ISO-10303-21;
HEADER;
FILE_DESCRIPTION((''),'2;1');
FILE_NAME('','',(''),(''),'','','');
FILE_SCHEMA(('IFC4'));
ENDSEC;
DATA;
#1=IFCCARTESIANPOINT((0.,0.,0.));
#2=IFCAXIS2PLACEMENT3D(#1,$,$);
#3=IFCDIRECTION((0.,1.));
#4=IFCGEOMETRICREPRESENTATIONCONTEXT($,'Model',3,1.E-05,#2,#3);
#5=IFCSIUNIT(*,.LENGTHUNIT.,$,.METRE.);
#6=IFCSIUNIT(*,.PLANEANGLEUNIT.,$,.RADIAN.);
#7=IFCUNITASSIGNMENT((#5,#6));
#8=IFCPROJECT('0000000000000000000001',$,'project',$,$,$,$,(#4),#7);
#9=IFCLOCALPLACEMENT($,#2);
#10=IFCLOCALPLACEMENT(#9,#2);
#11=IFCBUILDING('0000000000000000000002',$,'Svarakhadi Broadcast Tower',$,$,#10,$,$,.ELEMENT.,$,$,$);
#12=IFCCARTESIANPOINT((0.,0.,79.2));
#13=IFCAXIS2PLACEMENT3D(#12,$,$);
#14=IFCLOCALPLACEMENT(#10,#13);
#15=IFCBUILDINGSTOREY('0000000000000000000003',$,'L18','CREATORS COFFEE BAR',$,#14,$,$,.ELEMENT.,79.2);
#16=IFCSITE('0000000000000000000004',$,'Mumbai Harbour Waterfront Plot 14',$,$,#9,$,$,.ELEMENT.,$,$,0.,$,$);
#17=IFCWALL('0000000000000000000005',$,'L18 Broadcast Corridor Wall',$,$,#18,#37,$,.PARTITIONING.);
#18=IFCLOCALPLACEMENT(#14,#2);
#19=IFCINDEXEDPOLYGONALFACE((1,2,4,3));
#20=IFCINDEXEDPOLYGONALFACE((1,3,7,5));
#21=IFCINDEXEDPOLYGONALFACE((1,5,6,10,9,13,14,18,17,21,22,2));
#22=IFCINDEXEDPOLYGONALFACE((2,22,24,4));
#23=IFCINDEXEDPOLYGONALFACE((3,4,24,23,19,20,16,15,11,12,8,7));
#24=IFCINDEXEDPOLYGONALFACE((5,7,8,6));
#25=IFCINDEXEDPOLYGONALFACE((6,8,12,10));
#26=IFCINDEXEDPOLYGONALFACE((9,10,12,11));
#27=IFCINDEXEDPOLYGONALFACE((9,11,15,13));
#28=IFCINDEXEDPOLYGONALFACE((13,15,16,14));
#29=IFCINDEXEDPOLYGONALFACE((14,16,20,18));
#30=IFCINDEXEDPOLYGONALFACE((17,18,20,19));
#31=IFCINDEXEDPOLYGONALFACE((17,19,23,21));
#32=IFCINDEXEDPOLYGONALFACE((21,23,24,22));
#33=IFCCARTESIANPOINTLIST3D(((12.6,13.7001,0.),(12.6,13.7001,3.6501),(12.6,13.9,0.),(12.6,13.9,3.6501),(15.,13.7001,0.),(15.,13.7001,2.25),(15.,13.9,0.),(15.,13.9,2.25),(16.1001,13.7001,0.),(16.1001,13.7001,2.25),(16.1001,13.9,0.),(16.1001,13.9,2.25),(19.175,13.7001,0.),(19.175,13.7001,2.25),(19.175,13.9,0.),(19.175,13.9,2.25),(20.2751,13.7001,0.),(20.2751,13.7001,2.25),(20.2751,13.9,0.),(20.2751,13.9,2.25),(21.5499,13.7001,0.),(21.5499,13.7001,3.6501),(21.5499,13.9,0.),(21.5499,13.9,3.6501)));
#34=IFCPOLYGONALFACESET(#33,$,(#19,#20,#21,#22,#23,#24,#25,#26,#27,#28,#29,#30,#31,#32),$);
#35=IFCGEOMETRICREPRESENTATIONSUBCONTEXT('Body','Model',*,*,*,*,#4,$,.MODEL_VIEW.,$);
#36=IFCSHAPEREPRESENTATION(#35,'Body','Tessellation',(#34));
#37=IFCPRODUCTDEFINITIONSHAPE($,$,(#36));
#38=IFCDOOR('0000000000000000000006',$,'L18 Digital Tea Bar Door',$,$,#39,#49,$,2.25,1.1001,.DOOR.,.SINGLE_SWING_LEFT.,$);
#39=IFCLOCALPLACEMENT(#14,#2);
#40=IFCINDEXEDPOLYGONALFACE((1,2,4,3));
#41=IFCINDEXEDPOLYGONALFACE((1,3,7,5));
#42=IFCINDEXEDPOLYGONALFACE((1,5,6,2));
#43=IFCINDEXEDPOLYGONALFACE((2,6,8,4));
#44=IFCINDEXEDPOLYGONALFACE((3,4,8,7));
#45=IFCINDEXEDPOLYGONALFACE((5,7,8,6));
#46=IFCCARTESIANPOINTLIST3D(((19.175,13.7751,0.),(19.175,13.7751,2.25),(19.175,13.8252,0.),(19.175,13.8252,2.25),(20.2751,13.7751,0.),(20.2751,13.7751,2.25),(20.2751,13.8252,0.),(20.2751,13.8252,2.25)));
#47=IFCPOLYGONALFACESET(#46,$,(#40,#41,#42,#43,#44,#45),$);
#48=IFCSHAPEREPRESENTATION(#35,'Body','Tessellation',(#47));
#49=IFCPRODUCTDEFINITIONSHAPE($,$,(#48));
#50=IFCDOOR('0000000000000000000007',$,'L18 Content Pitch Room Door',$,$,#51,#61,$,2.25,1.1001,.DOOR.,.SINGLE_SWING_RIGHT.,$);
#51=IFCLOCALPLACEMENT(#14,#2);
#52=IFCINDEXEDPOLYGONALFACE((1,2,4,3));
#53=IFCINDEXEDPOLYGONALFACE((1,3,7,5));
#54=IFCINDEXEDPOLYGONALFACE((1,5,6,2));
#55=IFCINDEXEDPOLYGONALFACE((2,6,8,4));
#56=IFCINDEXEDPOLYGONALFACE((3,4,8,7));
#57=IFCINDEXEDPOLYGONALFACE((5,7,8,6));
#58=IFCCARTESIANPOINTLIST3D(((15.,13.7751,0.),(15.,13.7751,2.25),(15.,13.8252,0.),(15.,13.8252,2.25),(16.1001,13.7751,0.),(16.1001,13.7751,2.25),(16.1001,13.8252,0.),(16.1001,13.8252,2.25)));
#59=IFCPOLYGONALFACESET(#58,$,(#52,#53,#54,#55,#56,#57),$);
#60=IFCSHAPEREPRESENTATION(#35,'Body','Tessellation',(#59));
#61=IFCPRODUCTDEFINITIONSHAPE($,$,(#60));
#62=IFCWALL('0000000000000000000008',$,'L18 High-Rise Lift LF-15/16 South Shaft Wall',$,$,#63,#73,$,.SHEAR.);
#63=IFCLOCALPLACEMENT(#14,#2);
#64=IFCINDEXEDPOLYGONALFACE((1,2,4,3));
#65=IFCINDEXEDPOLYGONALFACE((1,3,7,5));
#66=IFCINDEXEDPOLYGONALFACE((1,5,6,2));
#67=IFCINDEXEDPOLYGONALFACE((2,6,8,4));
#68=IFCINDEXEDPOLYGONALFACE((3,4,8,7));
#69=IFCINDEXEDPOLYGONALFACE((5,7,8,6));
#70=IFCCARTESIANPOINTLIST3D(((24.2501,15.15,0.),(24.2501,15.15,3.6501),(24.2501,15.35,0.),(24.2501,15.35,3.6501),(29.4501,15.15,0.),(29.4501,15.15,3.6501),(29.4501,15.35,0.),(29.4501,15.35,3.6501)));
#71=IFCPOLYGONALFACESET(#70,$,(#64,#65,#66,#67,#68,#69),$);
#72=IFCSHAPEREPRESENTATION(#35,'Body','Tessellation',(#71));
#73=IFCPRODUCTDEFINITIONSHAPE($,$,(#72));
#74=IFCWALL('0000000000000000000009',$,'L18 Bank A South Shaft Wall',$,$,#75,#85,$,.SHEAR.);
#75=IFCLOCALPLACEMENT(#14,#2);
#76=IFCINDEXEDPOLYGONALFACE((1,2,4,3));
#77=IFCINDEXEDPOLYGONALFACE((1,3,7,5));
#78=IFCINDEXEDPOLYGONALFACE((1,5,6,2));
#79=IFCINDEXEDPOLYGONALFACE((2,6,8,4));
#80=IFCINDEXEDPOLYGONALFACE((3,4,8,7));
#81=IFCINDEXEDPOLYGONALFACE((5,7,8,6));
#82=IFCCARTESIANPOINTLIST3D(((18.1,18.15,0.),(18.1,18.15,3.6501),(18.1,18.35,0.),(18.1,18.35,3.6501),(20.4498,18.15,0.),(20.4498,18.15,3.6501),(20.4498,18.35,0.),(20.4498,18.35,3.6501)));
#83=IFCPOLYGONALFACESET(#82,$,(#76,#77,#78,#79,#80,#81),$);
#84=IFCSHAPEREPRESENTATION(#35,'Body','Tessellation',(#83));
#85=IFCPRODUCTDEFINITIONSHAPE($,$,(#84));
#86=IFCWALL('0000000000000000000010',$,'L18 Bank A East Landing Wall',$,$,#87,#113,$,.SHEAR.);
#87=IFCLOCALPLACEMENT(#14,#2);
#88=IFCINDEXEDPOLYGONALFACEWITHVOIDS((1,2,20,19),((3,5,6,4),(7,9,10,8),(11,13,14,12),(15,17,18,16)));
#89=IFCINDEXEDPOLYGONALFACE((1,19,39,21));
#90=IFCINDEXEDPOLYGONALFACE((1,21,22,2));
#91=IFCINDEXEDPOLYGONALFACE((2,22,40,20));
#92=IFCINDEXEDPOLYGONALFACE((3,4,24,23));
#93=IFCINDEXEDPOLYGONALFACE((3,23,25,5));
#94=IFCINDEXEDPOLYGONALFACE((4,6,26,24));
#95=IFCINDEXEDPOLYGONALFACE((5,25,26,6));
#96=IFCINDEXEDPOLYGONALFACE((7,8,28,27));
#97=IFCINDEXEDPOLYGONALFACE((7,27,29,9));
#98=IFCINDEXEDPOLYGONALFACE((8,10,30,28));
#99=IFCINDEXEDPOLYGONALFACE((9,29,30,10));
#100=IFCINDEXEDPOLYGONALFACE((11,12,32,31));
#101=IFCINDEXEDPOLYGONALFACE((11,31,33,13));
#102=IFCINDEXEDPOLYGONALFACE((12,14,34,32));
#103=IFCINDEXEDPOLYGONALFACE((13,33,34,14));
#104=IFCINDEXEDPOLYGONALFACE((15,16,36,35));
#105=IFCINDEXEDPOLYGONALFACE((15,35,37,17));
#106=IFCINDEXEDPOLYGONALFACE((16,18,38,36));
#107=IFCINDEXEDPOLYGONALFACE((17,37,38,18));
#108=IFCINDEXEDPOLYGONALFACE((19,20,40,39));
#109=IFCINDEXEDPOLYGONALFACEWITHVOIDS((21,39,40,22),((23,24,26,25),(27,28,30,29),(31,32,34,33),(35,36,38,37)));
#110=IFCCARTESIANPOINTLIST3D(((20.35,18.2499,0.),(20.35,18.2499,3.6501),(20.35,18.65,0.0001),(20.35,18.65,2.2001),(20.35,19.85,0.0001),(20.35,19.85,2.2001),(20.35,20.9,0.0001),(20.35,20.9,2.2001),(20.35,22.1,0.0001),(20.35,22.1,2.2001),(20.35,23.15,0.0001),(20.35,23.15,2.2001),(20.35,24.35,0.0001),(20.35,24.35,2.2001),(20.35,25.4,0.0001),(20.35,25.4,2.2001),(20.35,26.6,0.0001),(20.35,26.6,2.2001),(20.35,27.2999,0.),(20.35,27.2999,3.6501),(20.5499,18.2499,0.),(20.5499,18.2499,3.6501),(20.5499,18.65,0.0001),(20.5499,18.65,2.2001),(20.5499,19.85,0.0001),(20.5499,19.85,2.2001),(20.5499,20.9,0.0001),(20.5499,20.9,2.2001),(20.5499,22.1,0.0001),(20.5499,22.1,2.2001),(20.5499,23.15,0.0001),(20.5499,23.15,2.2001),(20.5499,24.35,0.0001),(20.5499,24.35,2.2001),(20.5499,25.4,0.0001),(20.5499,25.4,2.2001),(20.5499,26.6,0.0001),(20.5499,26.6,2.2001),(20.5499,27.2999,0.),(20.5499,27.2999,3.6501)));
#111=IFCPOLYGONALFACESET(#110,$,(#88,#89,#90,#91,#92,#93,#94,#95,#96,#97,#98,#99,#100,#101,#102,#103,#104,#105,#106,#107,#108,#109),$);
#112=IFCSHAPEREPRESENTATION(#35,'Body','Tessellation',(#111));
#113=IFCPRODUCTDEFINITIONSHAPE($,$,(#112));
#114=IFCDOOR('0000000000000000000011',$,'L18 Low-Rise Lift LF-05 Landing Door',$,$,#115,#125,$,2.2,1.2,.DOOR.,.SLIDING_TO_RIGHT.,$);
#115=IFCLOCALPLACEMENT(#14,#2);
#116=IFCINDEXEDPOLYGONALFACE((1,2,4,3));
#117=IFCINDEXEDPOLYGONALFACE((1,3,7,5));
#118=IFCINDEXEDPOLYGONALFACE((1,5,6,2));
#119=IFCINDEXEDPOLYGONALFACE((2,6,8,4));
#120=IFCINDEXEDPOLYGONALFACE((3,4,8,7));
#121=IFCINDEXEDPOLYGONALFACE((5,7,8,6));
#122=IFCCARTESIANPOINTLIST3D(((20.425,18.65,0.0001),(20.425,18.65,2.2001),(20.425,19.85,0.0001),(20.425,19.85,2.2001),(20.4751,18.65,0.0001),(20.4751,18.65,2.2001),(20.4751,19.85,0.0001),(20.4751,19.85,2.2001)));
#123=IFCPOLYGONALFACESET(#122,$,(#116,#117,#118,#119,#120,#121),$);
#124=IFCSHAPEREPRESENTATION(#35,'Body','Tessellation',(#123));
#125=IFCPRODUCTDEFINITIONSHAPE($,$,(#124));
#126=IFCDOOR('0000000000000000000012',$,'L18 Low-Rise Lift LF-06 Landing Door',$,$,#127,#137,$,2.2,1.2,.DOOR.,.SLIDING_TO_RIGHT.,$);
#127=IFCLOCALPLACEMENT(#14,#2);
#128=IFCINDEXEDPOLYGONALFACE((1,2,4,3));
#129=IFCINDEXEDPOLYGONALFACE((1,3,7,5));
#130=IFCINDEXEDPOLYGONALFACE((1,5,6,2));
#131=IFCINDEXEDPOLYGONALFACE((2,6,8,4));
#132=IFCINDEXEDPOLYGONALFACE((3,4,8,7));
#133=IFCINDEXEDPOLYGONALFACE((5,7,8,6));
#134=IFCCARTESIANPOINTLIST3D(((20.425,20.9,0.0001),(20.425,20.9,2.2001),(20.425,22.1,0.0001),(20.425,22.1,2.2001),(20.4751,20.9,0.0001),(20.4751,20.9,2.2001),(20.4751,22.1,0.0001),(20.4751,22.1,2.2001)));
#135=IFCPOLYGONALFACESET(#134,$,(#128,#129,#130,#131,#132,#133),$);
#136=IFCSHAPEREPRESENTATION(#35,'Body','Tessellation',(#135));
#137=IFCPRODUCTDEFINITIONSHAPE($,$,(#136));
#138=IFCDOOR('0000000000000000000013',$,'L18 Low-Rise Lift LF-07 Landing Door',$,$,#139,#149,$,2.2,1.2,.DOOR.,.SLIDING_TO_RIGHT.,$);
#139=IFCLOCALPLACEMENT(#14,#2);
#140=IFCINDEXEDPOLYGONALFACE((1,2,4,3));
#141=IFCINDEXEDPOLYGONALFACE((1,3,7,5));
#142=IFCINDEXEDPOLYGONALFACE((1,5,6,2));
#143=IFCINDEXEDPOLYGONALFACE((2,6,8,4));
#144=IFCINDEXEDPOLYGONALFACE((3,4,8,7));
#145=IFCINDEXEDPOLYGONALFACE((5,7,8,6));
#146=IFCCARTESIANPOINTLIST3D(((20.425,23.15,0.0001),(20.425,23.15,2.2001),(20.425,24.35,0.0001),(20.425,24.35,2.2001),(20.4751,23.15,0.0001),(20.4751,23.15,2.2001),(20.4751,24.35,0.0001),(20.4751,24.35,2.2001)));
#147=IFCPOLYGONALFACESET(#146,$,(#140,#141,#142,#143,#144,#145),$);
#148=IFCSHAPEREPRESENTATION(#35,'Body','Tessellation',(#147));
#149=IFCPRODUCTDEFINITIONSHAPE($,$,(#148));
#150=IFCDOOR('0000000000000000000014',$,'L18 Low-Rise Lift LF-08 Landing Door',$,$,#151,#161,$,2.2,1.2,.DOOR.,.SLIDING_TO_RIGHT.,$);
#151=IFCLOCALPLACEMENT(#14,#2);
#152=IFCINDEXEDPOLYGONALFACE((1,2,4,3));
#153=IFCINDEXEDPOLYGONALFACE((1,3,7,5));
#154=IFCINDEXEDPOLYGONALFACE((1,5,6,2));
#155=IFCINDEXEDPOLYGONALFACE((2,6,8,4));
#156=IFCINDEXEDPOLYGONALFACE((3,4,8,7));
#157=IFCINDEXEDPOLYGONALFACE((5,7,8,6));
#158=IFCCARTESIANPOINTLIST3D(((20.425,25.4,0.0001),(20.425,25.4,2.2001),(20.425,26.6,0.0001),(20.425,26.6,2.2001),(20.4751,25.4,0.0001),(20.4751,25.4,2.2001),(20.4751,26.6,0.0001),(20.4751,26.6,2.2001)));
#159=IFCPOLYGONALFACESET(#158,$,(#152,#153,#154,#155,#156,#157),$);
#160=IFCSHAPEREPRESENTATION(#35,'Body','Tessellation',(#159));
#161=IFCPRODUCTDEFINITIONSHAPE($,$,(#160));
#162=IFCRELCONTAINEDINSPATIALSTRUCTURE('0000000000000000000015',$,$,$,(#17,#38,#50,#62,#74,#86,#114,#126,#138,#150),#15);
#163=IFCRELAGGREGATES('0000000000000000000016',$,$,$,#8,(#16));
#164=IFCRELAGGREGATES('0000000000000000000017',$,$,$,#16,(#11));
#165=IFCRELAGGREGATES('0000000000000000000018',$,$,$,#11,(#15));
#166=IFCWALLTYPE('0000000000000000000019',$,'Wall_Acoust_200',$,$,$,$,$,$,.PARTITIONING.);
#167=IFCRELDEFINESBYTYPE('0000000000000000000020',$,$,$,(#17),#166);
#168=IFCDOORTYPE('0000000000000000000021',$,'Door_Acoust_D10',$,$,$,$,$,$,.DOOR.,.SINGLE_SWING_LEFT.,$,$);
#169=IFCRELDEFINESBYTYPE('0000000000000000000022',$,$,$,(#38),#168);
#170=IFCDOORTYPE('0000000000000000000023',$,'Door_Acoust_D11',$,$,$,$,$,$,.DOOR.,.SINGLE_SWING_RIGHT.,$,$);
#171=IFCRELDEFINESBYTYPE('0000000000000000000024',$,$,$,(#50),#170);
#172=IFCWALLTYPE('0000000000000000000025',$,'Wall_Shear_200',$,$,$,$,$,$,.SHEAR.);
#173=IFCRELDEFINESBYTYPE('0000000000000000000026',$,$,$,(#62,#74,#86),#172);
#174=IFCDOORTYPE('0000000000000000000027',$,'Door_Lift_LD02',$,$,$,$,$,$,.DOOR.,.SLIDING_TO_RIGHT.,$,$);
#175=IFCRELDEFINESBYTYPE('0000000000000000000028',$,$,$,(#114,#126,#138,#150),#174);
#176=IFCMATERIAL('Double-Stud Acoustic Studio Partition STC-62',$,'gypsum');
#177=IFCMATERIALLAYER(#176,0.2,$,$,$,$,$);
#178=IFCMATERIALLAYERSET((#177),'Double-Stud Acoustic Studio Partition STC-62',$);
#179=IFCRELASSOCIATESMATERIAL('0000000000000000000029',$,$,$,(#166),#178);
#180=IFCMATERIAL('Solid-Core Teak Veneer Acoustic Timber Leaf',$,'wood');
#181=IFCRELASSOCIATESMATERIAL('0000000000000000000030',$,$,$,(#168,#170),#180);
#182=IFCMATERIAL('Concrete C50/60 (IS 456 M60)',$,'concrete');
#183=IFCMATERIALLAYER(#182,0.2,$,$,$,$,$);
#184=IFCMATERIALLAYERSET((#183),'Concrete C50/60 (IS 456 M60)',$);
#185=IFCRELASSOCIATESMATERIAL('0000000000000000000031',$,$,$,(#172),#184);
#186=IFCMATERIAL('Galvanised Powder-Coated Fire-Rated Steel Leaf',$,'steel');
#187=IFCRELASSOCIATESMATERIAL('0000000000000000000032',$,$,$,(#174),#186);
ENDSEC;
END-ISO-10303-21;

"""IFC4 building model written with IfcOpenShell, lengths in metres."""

from ifc_helpers import new_model, si_unit, direction, frame, frame_2d, origin, place, context, subcontext, project, spatial, rectangle, extrude, material, layer, layer_set, type_object, element, fill, save


model = new_model("IFC4")

# Units and contexts
model_context = context("Model", 3, precision=1e-05, world=origin(), true_north=direction((0.0, 1.0)))
body_context = subcontext(model_context, "Body", "Model", "MODEL_VIEW")
ifc_project = project(units=[si_unit("LENGTHUNIT", "METRE"), si_unit("PLANEANGLEUNIT", "RADIAN")], contexts=[model_context])

# Site, building, storey
site_placement = place(None, origin())
site = spatial("IfcSite", under=ifc_project, at=site_placement, Name="Mumbai Harbour Waterfront Plot 14", CompositionType="ELEMENT", RefElevation=0.0)
building_placement = place(site_placement, origin())
building = spatial("IfcBuilding", under=site, at=building_placement, Name="Svarakhadi Broadcast Tower", CompositionType="ELEMENT")
storey_placement = place(building_placement, frame((0.0, 0.0, 79.2)))
storey = spatial("IfcBuildingStorey", under=building, at=storey_placement, Name="L18", Description="CREATORS COFFEE BAR", CompositionType="ELEMENT", Elevation=79.2)

# Wall, openings, doors
ifc_material_1 = material(Name="Double-Stud Acoustic Studio Partition STC-62", Category="gypsum")
ifc_layer_1 = layer(ifc_material_1, 0.2)
ifc_layer_set_1 = layer_set([ifc_layer_1], Name="Double-Stud Acoustic Studio Partition STC-62")
wall_type_1 = type_object("IfcWallType", Name="Wall_Acoust_200", PredefinedType="PARTITIONING", material=ifc_layer_set_1)
wall_1_placement = place(storey_placement, frame((21.55, 13.8, 0.0), z_axis=(0.0, 0.0, 1.0), x_axis=(-1.0, 0.0, 0.0)))
wall_1 = element("IfcWall", 1, at=wall_1_placement, inside=storey, type_object=wall_type_1, Name="L18 Broadcast Corridor Wall", PredefinedType="PARTITIONING", context=body_context, shape_type="SweptSolid", body=[
    extrude(rectangle(XDim=8.95, YDim=0.2, at=frame_2d((4.4751, 0.0))), origin(), (0.0, 0.0, 1.0), 3.6501),
])
opening_1_placement = place(wall_1_placement, frame((5.45, 0.0, 0.0)))
opening_1 = element("IfcOpeningElement", 2, at=opening_1_placement, cuts=wall_1, PredefinedType="OPENING", context=body_context, shape_type="SweptSolid", body=[
    extrude(rectangle(XDim=1.1001, YDim=2.25, at=frame_2d((0.55, 1.125))), frame((0.0, 0.1099, 0.0), z_axis=(0.0, -1.0, 0.0), x_axis=(1.0, 0.0, 0.0)), (0.0, 0.0, 1.0), 0.22),
])
opening_2_placement = place(wall_1_placement, frame((1.2749, 0.0, 0.0)))
opening_2 = element("IfcOpeningElement", 3, at=opening_2_placement, cuts=wall_1, PredefinedType="OPENING", context=body_context, shape_type="SweptSolid", body=[
    extrude(rectangle(XDim=1.1001, YDim=2.25, at=frame_2d((0.55, 1.125))), frame((0.0, 0.1099, 0.0), z_axis=(0.0, -1.0, 0.0), x_axis=(1.0, 0.0, 0.0)), (0.0, 0.0, 1.0), 0.22),
])
ifc_material_2 = material(Name="Solid-Core Teak Veneer Acoustic Timber Leaf", Category="wood")
door_type_1 = type_object("IfcDoorType", Name="Door_Acoust_D10", OperationType="SINGLE_SWING_LEFT", PredefinedType="DOOR", material=ifc_material_2)
door_1_placement = place(opening_2_placement, origin())
door_1 = element("IfcDoor", 4, at=door_1_placement, inside=storey, type_object=door_type_1, Name="L18 Digital Tea Bar Door", OperationType="SINGLE_SWING_LEFT", OverallHeight=2.25, OverallWidth=1.1001, PredefinedType="DOOR", context=body_context, shape_type="SweptSolid", body=[
    extrude(rectangle(XDim=1.1001, YDim=2.25, at=frame_2d((0.55, 1.125))), frame((0.0, 0.0249, 0.0), z_axis=(0.0, -1.0, 0.0), x_axis=(1.0, 0.0, 0.0)), (0.0, 0.0, 1.0), 0.05),
])
fill(opening_2, door_1)
door_type_2 = type_object("IfcDoorType", Name="Door_Acoust_D11", OperationType="SINGLE_SWING_RIGHT", PredefinedType="DOOR", material=ifc_material_2)
door_2_placement = place(opening_1_placement, origin())
door_2 = element("IfcDoor", 5, at=door_2_placement, inside=storey, type_object=door_type_2, Name="L18 Content Pitch Room Door", OperationType="SINGLE_SWING_RIGHT", OverallHeight=2.25, OverallWidth=1.1001, PredefinedType="DOOR", context=body_context, shape_type="SweptSolid", body=[
    extrude(rectangle(XDim=1.1001, YDim=2.25, at=frame_2d((0.55, 1.125))), frame((0.0, 0.0249, 0.0), z_axis=(0.0, -1.0, 0.0), x_axis=(1.0, 0.0, 0.0)), (0.0, 0.0, 1.0), 0.05),
])
fill(opening_1, door_2)

# Shared definitions
ifc_material_3 = material(Name="Concrete C50/60 (IS 456 M60)", Category="concrete")
ifc_layer_2 = layer(ifc_material_3, 0.2)
ifc_layer_set_2 = layer_set([ifc_layer_2], Name="Concrete C50/60 (IS 456 M60)")
wall_type_2 = type_object("IfcWallType", Name="Wall_Shear_200", PredefinedType="SHEAR", material=ifc_layer_set_2)
ifc_material_4 = material(Name="Galvanised Powder-Coated Fire-Rated Steel Leaf", Category="steel")

# Walls
wall_2_placement = place(storey_placement, frame((24.25, 15.25, 0.0), z_axis=(0.0, 0.0, 1.0), x_axis=(1.0, 0.0, 0.0)))
element("IfcWall", 6, at=wall_2_placement, inside=storey, type_object=wall_type_2, Name="L18 High-Rise Lift LF-15/16 South Shaft Wall", PredefinedType="SHEAR", context=body_context, shape_type="SweptSolid", body=[
    extrude(rectangle(XDim=5.2, YDim=0.2, at=frame_2d((2.6001, 0.0))), origin(), (0.0, 0.0, 1.0), 3.6501),
])
wall_3_placement = place(storey_placement, frame((18.1001, 18.25, 0.0), z_axis=(0.0, 0.0, 1.0), x_axis=(1.0, 0.0, 0.0)))
element("IfcWall", 7, at=wall_3_placement, inside=storey, type_object=wall_type_2, Name="L18 Bank A South Shaft Wall", PredefinedType="SHEAR", context=body_context, shape_type="SweptSolid", body=[
    extrude(rectangle(XDim=2.3499, YDim=0.2, at=frame_2d((1.1748, 0.0))), origin(), (0.0, 0.0, 1.0), 3.6501),
])

# Wall, openings, doors
wall_4_placement = place(storey_placement, frame((20.45, 18.25, 0.0), z_axis=(0.0, 0.0, 1.0), x_axis=(0.0, 1.0, 0.0)))
wall_4 = element("IfcWall", 8, at=wall_4_placement, inside=storey, type_object=wall_type_2, Name="L18 Bank A East Landing Wall", PredefinedType="SHEAR", context=body_context, shape_type="SweptSolid", body=[
    extrude(rectangle(XDim=9.05, YDim=0.2, at=frame_2d((4.5249, 0.0))), origin(), (0.0, 0.0, 1.0), 3.6501),
])
opening_3_placement = place(wall_4_placement, frame((0.3999, 0.0, 0.0)))
opening_3 = element("IfcOpeningElement", 9, at=opening_3_placement, cuts=wall_4, PredefinedType="OPENING", context=body_context, shape_type="SweptSolid", body=[
    extrude(rectangle(XDim=1.2, YDim=2.2, at=frame_2d((0.6001, 1.1001))), frame((0.0, 0.1099, 0.0), z_axis=(0.0, -1.0, 0.0), x_axis=(1.0, 0.0, 0.0)), (0.0, 0.0, 1.0), 0.22),
])
opening_4_placement = place(wall_4_placement, frame((2.6499, 0.0, 0.0)))
opening_4 = element("IfcOpeningElement", 10, at=opening_4_placement, cuts=wall_4, PredefinedType="OPENING", context=body_context, shape_type="SweptSolid", body=[
    extrude(rectangle(XDim=1.2, YDim=2.2, at=frame_2d((0.6001, 1.1001))), frame((0.0, 0.1099, 0.0), z_axis=(0.0, -1.0, 0.0), x_axis=(1.0, 0.0, 0.0)), (0.0, 0.0, 1.0), 0.22),
])
opening_5_placement = place(wall_4_placement, frame((4.8999, 0.0, 0.0)))
opening_5 = element("IfcOpeningElement", 11, at=opening_5_placement, cuts=wall_4, PredefinedType="OPENING", context=body_context, shape_type="SweptSolid", body=[
    extrude(rectangle(XDim=1.2, YDim=2.2, at=frame_2d((0.6001, 1.1001))), frame((0.0, 0.1099, 0.0), z_axis=(0.0, -1.0, 0.0), x_axis=(1.0, 0.0, 0.0)), (0.0, 0.0, 1.0), 0.22),
])
opening_6_placement = place(wall_4_placement, frame((7.1499, 0.0, 0.0)))
opening_6 = element("IfcOpeningElement", 12, at=opening_6_placement, cuts=wall_4, PredefinedType="OPENING", context=body_context, shape_type="SweptSolid", body=[
    extrude(rectangle(XDim=1.2, YDim=2.2, at=frame_2d((0.6001, 1.1001))), frame((0.0, 0.1099, 0.0), z_axis=(0.0, -1.0, 0.0), x_axis=(1.0, 0.0, 0.0)), (0.0, 0.0, 1.0), 0.22),
])
door_type_3 = type_object("IfcDoorType", Name="Door_Lift_LD02", OperationType="SLIDING_TO_RIGHT", PredefinedType="DOOR", material=ifc_material_4)
door_3_placement = place(opening_3_placement, origin())
door_3 = element("IfcDoor", 13, at=door_3_placement, inside=storey, type_object=door_type_3, Name="L18 Low-Rise Lift LF-05 Landing Door", OperationType="SLIDING_TO_RIGHT", OverallHeight=2.2, OverallWidth=1.2, PredefinedType="DOOR", context=body_context, shape_type="SweptSolid", body=[
    extrude(rectangle(XDim=1.2, YDim=2.2, at=frame_2d((0.6001, 1.1001))), frame((0.0, 0.0249, 0.0), z_axis=(0.0, -1.0, 0.0), x_axis=(1.0, 0.0, 0.0)), (0.0, 0.0, 1.0), 0.05),
])
fill(opening_3, door_3)
door_4_placement = place(opening_4_placement, origin())
door_4 = element("IfcDoor", 14, at=door_4_placement, inside=storey, type_object=door_type_3, Name="L18 Low-Rise Lift LF-06 Landing Door", OperationType="SLIDING_TO_RIGHT", OverallHeight=2.2, OverallWidth=1.2, PredefinedType="DOOR", context=body_context, shape_type="SweptSolid", body=[
    extrude(rectangle(XDim=1.2, YDim=2.2, at=frame_2d((0.6001, 1.1001))), frame((0.0, 0.0249, 0.0), z_axis=(0.0, -1.0, 0.0), x_axis=(1.0, 0.0, 0.0)), (0.0, 0.0, 1.0), 0.05),
])
fill(opening_4, door_4)
door_5_placement = place(opening_5_placement, origin())
door_5 = element("IfcDoor", 15, at=door_5_placement, inside=storey, type_object=door_type_3, Name="L18 Low-Rise Lift LF-07 Landing Door", OperationType="SLIDING_TO_RIGHT", OverallHeight=2.2, OverallWidth=1.2, PredefinedType="DOOR", context=body_context, shape_type="SweptSolid", body=[
    extrude(rectangle(XDim=1.2, YDim=2.2, at=frame_2d((0.6001, 1.1001))), frame((0.0, 0.0249, 0.0), z_axis=(0.0, -1.0, 0.0), x_axis=(1.0, 0.0, 0.0)), (0.0, 0.0, 1.0), 0.05),
])
fill(opening_5, door_5)
door_6_placement = place(opening_6_placement, origin())
door_6 = element("IfcDoor", 16, at=door_6_placement, inside=storey, type_object=door_type_3, Name="L18 Low-Rise Lift LF-08 Landing Door", OperationType="SLIDING_TO_RIGHT", OverallHeight=2.2, OverallWidth=1.2, PredefinedType="DOOR", context=body_context, shape_type="SweptSolid", body=[
    extrude(rectangle(XDim=1.2, YDim=2.2, at=frame_2d((0.6001, 1.1001))), frame((0.0, 0.0249, 0.0), z_axis=(0.0, -1.0, 0.0), x_axis=(1.0, 0.0, 0.0)), (0.0, 0.0, 1.0), 0.05),
])
fill(opening_6, door_6)

save(model, "model.ifc")
